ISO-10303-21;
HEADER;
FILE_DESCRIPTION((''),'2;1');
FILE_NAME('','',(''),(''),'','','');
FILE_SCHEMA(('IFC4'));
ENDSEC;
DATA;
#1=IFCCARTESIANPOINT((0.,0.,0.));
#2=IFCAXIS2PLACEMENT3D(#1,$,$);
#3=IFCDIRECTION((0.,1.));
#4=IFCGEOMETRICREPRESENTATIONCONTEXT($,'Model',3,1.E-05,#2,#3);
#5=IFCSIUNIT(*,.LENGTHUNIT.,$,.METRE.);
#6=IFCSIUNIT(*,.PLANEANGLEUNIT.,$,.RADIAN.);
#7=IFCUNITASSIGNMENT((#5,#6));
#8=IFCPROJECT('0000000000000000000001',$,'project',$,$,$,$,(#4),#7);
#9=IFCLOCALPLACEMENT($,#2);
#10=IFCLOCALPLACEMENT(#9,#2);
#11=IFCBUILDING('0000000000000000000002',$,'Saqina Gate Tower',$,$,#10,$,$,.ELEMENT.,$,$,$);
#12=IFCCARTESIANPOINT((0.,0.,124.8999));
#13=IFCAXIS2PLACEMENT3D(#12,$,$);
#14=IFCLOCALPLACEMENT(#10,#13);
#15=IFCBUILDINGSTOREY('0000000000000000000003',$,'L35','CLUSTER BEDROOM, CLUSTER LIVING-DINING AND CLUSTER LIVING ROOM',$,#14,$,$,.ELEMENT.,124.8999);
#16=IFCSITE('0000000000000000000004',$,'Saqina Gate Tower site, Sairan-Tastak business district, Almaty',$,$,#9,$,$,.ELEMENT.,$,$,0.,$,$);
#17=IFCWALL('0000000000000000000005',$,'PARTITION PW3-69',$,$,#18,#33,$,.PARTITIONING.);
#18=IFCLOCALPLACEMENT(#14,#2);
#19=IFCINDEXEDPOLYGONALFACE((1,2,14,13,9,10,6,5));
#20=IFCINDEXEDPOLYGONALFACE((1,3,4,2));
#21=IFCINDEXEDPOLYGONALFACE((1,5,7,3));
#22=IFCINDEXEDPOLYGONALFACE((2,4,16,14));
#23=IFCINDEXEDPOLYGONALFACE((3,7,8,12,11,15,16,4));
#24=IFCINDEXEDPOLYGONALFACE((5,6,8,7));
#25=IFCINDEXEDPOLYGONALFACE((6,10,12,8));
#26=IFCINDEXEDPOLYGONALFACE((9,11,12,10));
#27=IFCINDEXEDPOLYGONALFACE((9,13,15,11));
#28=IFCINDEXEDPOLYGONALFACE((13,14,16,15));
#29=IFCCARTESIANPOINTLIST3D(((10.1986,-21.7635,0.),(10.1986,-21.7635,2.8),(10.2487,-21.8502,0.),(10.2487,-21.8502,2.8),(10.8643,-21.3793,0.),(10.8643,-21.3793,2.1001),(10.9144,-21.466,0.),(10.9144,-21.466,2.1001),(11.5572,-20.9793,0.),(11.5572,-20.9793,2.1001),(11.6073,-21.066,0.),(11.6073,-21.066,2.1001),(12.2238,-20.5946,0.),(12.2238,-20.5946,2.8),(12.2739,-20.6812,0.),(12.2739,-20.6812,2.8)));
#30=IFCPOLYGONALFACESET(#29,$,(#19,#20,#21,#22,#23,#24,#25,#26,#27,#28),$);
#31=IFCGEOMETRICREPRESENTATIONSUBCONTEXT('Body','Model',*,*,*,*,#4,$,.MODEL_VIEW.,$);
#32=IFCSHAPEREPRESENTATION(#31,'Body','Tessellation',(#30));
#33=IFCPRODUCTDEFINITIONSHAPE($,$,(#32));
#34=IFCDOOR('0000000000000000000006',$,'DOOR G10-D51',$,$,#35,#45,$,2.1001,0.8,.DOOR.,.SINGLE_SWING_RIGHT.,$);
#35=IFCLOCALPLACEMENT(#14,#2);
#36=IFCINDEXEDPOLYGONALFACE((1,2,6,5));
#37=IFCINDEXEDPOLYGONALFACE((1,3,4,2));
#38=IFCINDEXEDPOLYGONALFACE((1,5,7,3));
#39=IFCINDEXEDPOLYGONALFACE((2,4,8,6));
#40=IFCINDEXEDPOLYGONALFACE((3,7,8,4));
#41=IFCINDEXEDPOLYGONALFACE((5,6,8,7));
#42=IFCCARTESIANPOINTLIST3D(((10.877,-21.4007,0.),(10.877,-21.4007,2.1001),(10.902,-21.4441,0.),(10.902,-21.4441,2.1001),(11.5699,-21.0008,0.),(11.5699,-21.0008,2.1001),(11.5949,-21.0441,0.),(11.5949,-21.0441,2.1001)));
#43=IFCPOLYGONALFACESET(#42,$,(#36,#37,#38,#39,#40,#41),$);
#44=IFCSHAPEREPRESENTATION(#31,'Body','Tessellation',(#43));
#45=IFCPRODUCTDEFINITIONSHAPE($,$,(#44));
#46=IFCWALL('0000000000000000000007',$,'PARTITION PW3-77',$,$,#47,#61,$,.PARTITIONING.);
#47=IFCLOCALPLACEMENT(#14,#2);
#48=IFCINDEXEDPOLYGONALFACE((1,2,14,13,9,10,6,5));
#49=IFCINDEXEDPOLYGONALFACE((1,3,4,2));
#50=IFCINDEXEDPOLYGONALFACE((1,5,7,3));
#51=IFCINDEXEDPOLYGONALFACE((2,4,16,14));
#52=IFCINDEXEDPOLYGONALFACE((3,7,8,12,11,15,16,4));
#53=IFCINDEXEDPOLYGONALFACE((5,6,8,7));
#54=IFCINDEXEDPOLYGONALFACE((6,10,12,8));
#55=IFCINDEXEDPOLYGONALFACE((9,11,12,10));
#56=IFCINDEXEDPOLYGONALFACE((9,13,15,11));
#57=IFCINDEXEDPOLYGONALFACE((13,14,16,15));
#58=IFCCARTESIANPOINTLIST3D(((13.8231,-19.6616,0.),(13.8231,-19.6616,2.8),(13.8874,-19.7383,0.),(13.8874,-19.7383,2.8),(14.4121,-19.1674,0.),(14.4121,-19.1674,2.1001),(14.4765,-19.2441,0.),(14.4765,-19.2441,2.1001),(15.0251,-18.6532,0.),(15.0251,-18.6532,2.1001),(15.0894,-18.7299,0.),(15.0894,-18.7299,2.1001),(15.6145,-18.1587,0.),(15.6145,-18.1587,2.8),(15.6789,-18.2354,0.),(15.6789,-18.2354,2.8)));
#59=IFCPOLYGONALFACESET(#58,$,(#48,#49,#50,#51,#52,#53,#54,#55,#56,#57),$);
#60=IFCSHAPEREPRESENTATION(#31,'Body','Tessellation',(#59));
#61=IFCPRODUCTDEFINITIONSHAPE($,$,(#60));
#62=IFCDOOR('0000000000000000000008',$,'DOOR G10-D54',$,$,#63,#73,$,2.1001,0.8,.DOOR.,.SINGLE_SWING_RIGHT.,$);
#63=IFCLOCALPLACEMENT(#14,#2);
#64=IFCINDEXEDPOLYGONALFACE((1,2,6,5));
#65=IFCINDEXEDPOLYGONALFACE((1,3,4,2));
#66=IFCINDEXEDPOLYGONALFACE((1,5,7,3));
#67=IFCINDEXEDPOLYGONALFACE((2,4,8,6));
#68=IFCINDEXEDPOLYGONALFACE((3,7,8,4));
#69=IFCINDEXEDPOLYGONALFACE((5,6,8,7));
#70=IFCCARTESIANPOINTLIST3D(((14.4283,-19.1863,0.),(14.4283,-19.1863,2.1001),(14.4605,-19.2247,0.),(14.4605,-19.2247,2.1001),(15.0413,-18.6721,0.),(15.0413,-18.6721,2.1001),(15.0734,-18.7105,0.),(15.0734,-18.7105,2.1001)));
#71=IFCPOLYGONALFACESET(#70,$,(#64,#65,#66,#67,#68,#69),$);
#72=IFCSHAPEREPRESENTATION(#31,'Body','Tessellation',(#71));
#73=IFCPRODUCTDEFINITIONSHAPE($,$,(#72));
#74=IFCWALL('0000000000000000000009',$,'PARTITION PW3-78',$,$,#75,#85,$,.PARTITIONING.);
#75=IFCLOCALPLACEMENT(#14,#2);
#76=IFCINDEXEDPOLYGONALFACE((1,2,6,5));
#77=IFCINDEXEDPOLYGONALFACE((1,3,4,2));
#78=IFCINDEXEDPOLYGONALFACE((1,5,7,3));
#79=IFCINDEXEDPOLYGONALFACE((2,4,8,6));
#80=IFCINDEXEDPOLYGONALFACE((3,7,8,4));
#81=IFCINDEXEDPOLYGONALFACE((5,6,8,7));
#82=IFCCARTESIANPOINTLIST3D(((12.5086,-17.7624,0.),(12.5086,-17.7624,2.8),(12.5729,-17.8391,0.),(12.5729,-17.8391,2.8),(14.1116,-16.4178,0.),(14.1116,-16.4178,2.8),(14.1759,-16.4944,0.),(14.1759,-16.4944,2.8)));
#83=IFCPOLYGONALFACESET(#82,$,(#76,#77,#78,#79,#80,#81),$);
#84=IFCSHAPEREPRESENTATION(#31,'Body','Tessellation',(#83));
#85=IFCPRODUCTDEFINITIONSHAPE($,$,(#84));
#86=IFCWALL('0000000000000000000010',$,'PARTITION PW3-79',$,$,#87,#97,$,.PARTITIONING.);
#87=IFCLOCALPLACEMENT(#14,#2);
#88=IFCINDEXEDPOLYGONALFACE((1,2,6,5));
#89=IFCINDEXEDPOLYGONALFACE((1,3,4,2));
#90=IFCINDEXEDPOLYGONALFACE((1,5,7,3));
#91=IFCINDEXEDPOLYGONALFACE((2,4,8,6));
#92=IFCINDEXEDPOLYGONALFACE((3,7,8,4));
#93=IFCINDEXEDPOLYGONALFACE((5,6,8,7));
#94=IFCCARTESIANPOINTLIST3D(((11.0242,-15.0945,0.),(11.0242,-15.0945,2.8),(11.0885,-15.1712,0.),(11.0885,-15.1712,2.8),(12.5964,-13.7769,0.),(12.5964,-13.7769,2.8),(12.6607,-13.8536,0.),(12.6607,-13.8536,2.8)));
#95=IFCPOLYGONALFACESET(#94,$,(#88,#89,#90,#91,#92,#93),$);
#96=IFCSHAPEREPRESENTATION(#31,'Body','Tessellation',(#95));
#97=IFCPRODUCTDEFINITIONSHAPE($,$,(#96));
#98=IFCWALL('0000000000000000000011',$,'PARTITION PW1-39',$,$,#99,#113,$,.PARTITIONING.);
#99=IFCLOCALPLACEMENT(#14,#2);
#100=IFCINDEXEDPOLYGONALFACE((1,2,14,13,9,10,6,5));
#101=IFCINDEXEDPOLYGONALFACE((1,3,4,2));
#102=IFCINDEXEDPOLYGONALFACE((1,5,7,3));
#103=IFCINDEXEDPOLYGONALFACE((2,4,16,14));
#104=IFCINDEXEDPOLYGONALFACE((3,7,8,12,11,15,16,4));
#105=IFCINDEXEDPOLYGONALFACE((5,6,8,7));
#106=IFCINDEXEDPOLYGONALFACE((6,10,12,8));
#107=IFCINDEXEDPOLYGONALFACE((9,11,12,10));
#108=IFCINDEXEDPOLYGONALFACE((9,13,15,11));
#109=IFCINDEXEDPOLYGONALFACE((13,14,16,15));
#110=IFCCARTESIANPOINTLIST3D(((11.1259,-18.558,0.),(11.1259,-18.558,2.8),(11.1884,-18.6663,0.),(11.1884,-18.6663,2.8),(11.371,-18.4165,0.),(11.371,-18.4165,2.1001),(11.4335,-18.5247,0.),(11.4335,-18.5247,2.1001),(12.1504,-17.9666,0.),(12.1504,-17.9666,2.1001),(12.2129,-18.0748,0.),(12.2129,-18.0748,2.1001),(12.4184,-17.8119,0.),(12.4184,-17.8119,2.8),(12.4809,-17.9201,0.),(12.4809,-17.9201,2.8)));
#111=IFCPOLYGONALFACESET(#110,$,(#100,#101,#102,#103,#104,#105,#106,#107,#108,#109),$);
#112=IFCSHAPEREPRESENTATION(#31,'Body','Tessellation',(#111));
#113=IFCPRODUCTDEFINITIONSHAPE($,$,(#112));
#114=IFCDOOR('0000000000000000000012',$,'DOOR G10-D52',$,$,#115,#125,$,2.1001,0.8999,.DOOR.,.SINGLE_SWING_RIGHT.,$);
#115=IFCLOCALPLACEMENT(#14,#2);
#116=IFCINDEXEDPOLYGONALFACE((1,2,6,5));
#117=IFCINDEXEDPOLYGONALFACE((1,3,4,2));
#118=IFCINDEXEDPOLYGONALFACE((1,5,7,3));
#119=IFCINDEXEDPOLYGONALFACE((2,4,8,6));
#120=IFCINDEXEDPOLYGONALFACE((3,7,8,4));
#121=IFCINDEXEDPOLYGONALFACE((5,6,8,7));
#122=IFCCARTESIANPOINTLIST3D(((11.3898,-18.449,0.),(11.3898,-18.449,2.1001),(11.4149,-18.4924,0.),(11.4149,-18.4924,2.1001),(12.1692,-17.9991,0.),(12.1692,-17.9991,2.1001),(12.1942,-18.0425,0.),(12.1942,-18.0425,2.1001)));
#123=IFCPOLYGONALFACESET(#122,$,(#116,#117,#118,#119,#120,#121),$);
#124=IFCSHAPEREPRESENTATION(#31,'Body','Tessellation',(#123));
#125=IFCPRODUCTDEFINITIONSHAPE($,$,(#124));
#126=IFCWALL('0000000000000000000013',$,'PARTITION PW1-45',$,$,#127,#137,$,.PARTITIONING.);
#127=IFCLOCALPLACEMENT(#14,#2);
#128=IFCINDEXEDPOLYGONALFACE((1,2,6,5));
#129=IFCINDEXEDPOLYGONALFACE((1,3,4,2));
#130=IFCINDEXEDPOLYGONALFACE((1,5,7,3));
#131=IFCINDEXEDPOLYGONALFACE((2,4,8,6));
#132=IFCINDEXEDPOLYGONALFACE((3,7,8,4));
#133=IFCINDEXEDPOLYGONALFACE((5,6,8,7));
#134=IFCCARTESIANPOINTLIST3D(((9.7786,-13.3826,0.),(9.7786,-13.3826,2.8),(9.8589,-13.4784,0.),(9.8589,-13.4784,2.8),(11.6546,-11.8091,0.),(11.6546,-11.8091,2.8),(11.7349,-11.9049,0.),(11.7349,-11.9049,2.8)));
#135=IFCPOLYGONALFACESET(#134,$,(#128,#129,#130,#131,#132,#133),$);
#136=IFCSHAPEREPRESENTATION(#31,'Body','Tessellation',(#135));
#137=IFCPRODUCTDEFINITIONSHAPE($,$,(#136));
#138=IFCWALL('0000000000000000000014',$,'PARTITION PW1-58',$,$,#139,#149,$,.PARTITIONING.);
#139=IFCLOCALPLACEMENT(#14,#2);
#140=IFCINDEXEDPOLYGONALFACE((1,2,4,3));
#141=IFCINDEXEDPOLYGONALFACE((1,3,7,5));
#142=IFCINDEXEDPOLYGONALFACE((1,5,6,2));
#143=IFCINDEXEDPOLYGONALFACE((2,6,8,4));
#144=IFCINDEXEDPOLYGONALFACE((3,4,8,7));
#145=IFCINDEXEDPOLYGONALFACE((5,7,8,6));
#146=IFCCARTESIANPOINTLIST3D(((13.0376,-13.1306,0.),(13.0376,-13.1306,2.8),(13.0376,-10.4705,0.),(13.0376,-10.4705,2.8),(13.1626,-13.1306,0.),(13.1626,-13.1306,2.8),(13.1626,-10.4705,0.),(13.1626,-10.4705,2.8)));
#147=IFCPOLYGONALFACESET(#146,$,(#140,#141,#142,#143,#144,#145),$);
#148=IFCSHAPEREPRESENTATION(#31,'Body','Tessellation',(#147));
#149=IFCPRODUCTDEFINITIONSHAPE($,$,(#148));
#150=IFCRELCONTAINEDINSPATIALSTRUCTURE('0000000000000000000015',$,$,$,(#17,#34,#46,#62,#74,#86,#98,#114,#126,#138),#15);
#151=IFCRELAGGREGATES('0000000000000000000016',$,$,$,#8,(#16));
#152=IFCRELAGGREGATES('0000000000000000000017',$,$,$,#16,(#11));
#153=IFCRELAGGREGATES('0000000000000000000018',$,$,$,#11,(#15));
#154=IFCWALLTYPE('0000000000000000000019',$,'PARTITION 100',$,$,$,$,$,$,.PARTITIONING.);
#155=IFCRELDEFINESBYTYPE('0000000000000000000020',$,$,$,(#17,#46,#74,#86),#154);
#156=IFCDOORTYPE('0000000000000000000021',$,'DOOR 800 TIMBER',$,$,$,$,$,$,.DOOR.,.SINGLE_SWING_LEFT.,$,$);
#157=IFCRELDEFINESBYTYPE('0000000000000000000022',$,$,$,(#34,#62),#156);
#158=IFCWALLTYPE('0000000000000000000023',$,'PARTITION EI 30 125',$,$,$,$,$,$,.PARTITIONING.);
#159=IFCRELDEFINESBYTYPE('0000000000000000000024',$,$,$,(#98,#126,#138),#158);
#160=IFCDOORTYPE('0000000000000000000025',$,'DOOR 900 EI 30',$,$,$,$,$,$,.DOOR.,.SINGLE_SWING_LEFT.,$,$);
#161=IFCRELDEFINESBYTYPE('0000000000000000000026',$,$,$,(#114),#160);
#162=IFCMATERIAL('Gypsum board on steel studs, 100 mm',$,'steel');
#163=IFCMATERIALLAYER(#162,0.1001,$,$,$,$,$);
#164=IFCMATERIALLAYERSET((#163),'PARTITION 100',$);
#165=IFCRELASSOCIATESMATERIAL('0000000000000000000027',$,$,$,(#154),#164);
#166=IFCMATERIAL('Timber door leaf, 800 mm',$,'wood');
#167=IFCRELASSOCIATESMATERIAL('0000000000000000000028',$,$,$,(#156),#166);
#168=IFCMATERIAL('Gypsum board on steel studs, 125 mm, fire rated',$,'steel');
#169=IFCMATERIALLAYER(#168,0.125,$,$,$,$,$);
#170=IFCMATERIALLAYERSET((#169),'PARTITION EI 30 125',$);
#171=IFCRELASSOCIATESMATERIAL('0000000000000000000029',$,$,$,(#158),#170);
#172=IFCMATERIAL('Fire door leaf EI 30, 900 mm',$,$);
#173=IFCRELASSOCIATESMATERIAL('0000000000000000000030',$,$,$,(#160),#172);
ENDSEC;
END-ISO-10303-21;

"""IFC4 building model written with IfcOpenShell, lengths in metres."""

from ifc_helpers import new_model, si_unit, direction, frame, frame_2d, origin, place, context, subcontext, project, spatial, rectangle, extrude, material, layer, layer_set, type_object, element, fill, save


model = new_model("IFC4")

# Units and contexts
model_context = context("Model", 3, precision=1e-05, world=origin(), true_north=direction((0.0, 1.0)))
body_context = subcontext(model_context, "Body", "Model", "MODEL_VIEW")
ifc_project = project(units=[si_unit("LENGTHUNIT", "METRE"), si_unit("PLANEANGLEUNIT", "RADIAN")], contexts=[model_context])

# Site, building, storey
site_placement = place(None, origin())
site = spatial("IfcSite", under=ifc_project, at=site_placement, Name="Saqina Gate Tower site, Sairan-Tastak business district, Almaty", CompositionType="ELEMENT", RefElevation=0.0)
building_placement = place(site_placement, origin())
building = spatial("IfcBuilding", under=site, at=building_placement, Name="Saqina Gate Tower", CompositionType="ELEMENT")
storey_placement = place(building_placement, frame((0.0, 0.0, 124.8999)))
storey = spatial("IfcBuildingStorey", under=building, at=storey_placement, Name="L35", Description="CLUSTER BEDROOM, CLUSTER LIVING-DINING AND CLUSTER LIVING ROOM", CompositionType="ELEMENT", Elevation=124.8999)

# Shared definitions
ifc_material_1 = material(Name="Gypsum board on steel studs, 100 mm", Category="steel")
ifc_layer_1 = layer(ifc_material_1, 0.1001)
ifc_layer_set_1 = layer_set([ifc_layer_1], Name="PARTITION 100")
wall_type_1 = type_object("IfcWallType", Name="PARTITION 100", PredefinedType="PARTITIONING", material=ifc_layer_set_1)

# Shared definitions
ifc_material_2 = material(Name="Timber door leaf, 800 mm", Category="wood")
door_type_1 = type_object("IfcDoorType", Name="DOOR 800 TIMBER", OperationType="SINGLE_SWING_LEFT", PredefinedType="DOOR", material=ifc_material_2)

# Walls, openings, doors
wall_1_placement = place(storey_placement, frame((10.2236, -21.8069, 0.0), z_axis=(0.0, 0.0, 1.0), x_axis=(0.866076, 0.499912, 0.0)))
wall_1 = element("IfcWall", 1, at=wall_1_placement, inside=storey, type_object=wall_type_1, Name="PARTITION PW3-69", PredefinedType="PARTITIONING", context=body_context, shape_type="SweptSolid", body=[
    extrude(rectangle(XDim=2.3384, YDim=0.1001, at=frame_2d((1.1692, 0.0))), origin(), (0.0, 0.0, 1.0), 2.8),
])
opening_1_placement = place(wall_1_placement, frame((0.7688, 0.0, 0.0)))
opening_1 = element("IfcOpeningElement", 2, at=opening_1_placement, cuts=wall_1, PredefinedType="OPENING", context=body_context, shape_type="SweptSolid", body=[
    extrude(rectangle(XDim=0.8, YDim=2.1001, at=frame_2d((0.3999, 1.05))), frame((0.0, 0.062, 0.0), z_axis=(0.0, -1.0, 0.0), x_axis=(1.0, 0.0, 0.0)), (0.0, 0.0, 1.0), 0.124),
])
door_1_placement = place(opening_1_placement, frame((0.8, 0.0, 0.0), z_axis=(0.0, 0.0, 1.0), x_axis=(-1.0, 0.0, 0.0)))
door_1 = element("IfcDoor", 3, at=door_1_placement, inside=storey, type_object=door_type_1, Name="DOOR G10-D51", OperationType="SINGLE_SWING_RIGHT", OverallHeight=2.1001, OverallWidth=0.8, PredefinedType="DOOR", context=body_context, shape_type="SweptSolid", body=[
    extrude(rectangle(XDim=0.8, YDim=2.1001, at=frame_2d((0.3999, 1.05))), frame((0.0, 0.0249, 0.0), z_axis=(0.0, -1.0, 0.0), x_axis=(1.0, 0.0, 0.0)), (0.0, 0.0, 1.0), 0.05),
])
fill(opening_1, door_1)
wall_2_placement = place(storey_placement, frame((13.8552, -19.7, 0.0), z_axis=(0.0, 0.0, 1.0), x_axis=(0.766112, 0.642707, 0.0)))
wall_2 = element("IfcWall", 4, at=wall_2_placement, inside=storey, type_object=wall_type_1, Name="PARTITION PW3-77", PredefinedType="PARTITIONING", context=body_context, shape_type="SweptSolid", body=[
    extrude(rectangle(XDim=2.3384, YDim=0.1001, at=frame_2d((1.1692, 0.0))), origin(), (0.0, 0.0, 1.0), 2.8),
])
opening_2_placement = place(wall_2_placement, frame((0.769, 0.0, 0.0)))
opening_2 = element("IfcOpeningElement", 5, at=opening_2_placement, cuts=wall_2, PredefinedType="OPENING", context=body_context, shape_type="SweptSolid", body=[
    extrude(rectangle(XDim=0.8, YDim=2.1001, at=frame_2d((0.3999, 1.05))), frame((0.0, 0.062, 0.0), z_axis=(0.0, -1.0, 0.0), x_axis=(1.0, 0.0, 0.0)), (0.0, 0.0, 1.0), 0.124),
])
door_2_placement = place(opening_2_placement, frame((0.8, 0.0, 0.0), z_axis=(0.0, 0.0, 1.0), x_axis=(-1.0, 0.0, 0.0)))
door_2 = element("IfcDoor", 6, at=door_2_placement, inside=storey, type_object=door_type_1, Name="DOOR G10-D54", OperationType="SINGLE_SWING_RIGHT", OverallHeight=2.1001, OverallWidth=0.8, PredefinedType="DOOR", context=body_context, shape_type="SweptSolid", body=[
    extrude(rectangle(XDim=0.8, YDim=2.1001, at=frame_2d((0.3999, 1.05))), frame((0.0, 0.0249, 0.0), z_axis=(0.0, -1.0, 0.0), x_axis=(1.0, 0.0, 0.0)), (0.0, 0.0, 1.0), 0.05),
])
fill(opening_2, door_2)

# Walls
wall_3_placement = place(storey_placement, frame((12.5408, -17.8008, 0.0), z_axis=(0.0, 0.0, 1.0), x_axis=(0.766132, 0.642683, 0.0)))
element("IfcWall", 7, at=wall_3_placement, inside=storey, type_object=wall_type_1, Name="PARTITION PW3-78", PredefinedType="PARTITIONING", context=body_context, shape_type="SweptSolid", body=[
    extrude(rectangle(XDim=2.0923, YDim=0.1001, at=frame_2d((1.0461, 0.0))), origin(), (0.0, 0.0, 1.0), 2.8),
])
wall_4_placement = place(storey_placement, frame((11.0564, -15.1328, 0.0), z_axis=(0.0, 0.0, 1.0), x_axis=(0.766443, 0.642312, 0.0)))
element("IfcWall", 8, at=wall_4_placement, inside=storey, type_object=wall_type_1, Name="PARTITION PW3-79", PredefinedType="PARTITIONING", context=body_context, shape_type="SweptSolid", body=[
    extrude(rectangle(XDim=2.0513, YDim=0.1001, at=frame_2d((1.0256, 0.0))), origin(), (0.0, 0.0, 1.0), 2.8),
])

# Wall, opening, door
ifc_material_3 = material(Name="Gypsum board on steel studs, 125 mm, fire rated", Category="steel")
ifc_layer_2 = layer(ifc_material_3, 0.125)
ifc_layer_set_2 = layer_set([ifc_layer_2], Name="PARTITION EI 30 125")
wall_type_2 = type_object("IfcWallType", Name="PARTITION EI 30 125", PredefinedType="PARTITIONING", material=ifc_layer_set_2)
wall_5_placement = place(storey_placement, frame((11.1572, -18.6121, 0.0), z_axis=(0.0, 0.0, 1.0), x_axis=(0.86606, 0.49994, 0.0)))
wall_5 = element("IfcWall", 9, at=wall_5_placement, inside=storey, type_object=wall_type_2, Name="PARTITION PW1-39", PredefinedType="PARTITIONING", context=body_context, shape_type="SweptSolid", body=[
    extrude(rectangle(XDim=1.4924, YDim=0.125, at=frame_2d((0.7461, 0.0))), origin(), (0.0, 0.0, 1.0), 2.8),
])
opening_3_placement = place(wall_5_placement, frame((0.283, 0.0, 0.0)))
opening_3 = element("IfcOpeningElement", 10, at=opening_3_placement, cuts=wall_5, PredefinedType="OPENING", context=body_context, shape_type="SweptSolid", body=[
    extrude(rectangle(XDim=0.8999, YDim=2.1001, at=frame_2d((0.45, 1.05))), frame((0.0, 0.0745, 0.0), z_axis=(0.0, -1.0, 0.0), x_axis=(1.0, 0.0, 0.0)), (0.0, 0.0, 1.0), 0.1489),
])
ifc_material_4 = material(Name="Fire door leaf EI 30, 900 mm")
door_type_2 = type_object("IfcDoorType", Name="DOOR 900 EI 30", OperationType="SINGLE_SWING_LEFT", PredefinedType="DOOR", material=ifc_material_4)
door_3_placement = place(opening_3_placement, origin())
door_3 = element("IfcDoor", 11, at=door_3_placement, inside=storey, type_object=door_type_2, Name="DOOR G10-D52", OperationType="SINGLE_SWING_RIGHT", OverallHeight=2.1001, OverallWidth=0.8999, PredefinedType="DOOR", context=body_context, shape_type="SweptSolid", body=[
    extrude(rectangle(XDim=0.8999, YDim=2.1001, at=frame_2d((0.45, 1.05))), frame((0.0, 0.0249, 0.0), z_axis=(0.0, -1.0, 0.0), x_axis=(1.0, 0.0, 0.0)), (0.0, 0.0, 1.0), 0.05),
])
fill(opening_3, door_3)

# Walls
wall_6_placement = place(storey_placement, frame((9.8188, -13.4304, 0.0), z_axis=(0.0, 0.0, 1.0), x_axis=(0.766174, 0.642633, 0.0)))
element("IfcWall", 12, at=wall_6_placement, inside=storey, type_object=wall_type_2, Name="PARTITION PW1-45", PredefinedType="PARTITIONING", context=body_context, shape_type="SweptSolid", body=[
    extrude(rectangle(XDim=2.4485, YDim=0.125, at=frame_2d((1.2241, 0.0))), origin(), (0.0, 0.0, 1.0), 2.8),
])
wall_7_placement = place(storey_placement, frame((13.1001, -13.1306, 0.0), z_axis=(0.0, 0.0, 1.0), x_axis=(0.0, 1.0, 0.0)))
element("IfcWall", 13, at=wall_7_placement, inside=storey, type_object=wall_type_2, Name="PARTITION PW1-58", PredefinedType="PARTITIONING", context=body_context, shape_type="SweptSolid", body=[
    extrude(rectangle(XDim=2.6602, YDim=0.125, at=frame_2d((1.3301, 0.0))), origin(), (0.0, 0.0, 1.0), 2.8),
])

save(model, "model.ifc")
